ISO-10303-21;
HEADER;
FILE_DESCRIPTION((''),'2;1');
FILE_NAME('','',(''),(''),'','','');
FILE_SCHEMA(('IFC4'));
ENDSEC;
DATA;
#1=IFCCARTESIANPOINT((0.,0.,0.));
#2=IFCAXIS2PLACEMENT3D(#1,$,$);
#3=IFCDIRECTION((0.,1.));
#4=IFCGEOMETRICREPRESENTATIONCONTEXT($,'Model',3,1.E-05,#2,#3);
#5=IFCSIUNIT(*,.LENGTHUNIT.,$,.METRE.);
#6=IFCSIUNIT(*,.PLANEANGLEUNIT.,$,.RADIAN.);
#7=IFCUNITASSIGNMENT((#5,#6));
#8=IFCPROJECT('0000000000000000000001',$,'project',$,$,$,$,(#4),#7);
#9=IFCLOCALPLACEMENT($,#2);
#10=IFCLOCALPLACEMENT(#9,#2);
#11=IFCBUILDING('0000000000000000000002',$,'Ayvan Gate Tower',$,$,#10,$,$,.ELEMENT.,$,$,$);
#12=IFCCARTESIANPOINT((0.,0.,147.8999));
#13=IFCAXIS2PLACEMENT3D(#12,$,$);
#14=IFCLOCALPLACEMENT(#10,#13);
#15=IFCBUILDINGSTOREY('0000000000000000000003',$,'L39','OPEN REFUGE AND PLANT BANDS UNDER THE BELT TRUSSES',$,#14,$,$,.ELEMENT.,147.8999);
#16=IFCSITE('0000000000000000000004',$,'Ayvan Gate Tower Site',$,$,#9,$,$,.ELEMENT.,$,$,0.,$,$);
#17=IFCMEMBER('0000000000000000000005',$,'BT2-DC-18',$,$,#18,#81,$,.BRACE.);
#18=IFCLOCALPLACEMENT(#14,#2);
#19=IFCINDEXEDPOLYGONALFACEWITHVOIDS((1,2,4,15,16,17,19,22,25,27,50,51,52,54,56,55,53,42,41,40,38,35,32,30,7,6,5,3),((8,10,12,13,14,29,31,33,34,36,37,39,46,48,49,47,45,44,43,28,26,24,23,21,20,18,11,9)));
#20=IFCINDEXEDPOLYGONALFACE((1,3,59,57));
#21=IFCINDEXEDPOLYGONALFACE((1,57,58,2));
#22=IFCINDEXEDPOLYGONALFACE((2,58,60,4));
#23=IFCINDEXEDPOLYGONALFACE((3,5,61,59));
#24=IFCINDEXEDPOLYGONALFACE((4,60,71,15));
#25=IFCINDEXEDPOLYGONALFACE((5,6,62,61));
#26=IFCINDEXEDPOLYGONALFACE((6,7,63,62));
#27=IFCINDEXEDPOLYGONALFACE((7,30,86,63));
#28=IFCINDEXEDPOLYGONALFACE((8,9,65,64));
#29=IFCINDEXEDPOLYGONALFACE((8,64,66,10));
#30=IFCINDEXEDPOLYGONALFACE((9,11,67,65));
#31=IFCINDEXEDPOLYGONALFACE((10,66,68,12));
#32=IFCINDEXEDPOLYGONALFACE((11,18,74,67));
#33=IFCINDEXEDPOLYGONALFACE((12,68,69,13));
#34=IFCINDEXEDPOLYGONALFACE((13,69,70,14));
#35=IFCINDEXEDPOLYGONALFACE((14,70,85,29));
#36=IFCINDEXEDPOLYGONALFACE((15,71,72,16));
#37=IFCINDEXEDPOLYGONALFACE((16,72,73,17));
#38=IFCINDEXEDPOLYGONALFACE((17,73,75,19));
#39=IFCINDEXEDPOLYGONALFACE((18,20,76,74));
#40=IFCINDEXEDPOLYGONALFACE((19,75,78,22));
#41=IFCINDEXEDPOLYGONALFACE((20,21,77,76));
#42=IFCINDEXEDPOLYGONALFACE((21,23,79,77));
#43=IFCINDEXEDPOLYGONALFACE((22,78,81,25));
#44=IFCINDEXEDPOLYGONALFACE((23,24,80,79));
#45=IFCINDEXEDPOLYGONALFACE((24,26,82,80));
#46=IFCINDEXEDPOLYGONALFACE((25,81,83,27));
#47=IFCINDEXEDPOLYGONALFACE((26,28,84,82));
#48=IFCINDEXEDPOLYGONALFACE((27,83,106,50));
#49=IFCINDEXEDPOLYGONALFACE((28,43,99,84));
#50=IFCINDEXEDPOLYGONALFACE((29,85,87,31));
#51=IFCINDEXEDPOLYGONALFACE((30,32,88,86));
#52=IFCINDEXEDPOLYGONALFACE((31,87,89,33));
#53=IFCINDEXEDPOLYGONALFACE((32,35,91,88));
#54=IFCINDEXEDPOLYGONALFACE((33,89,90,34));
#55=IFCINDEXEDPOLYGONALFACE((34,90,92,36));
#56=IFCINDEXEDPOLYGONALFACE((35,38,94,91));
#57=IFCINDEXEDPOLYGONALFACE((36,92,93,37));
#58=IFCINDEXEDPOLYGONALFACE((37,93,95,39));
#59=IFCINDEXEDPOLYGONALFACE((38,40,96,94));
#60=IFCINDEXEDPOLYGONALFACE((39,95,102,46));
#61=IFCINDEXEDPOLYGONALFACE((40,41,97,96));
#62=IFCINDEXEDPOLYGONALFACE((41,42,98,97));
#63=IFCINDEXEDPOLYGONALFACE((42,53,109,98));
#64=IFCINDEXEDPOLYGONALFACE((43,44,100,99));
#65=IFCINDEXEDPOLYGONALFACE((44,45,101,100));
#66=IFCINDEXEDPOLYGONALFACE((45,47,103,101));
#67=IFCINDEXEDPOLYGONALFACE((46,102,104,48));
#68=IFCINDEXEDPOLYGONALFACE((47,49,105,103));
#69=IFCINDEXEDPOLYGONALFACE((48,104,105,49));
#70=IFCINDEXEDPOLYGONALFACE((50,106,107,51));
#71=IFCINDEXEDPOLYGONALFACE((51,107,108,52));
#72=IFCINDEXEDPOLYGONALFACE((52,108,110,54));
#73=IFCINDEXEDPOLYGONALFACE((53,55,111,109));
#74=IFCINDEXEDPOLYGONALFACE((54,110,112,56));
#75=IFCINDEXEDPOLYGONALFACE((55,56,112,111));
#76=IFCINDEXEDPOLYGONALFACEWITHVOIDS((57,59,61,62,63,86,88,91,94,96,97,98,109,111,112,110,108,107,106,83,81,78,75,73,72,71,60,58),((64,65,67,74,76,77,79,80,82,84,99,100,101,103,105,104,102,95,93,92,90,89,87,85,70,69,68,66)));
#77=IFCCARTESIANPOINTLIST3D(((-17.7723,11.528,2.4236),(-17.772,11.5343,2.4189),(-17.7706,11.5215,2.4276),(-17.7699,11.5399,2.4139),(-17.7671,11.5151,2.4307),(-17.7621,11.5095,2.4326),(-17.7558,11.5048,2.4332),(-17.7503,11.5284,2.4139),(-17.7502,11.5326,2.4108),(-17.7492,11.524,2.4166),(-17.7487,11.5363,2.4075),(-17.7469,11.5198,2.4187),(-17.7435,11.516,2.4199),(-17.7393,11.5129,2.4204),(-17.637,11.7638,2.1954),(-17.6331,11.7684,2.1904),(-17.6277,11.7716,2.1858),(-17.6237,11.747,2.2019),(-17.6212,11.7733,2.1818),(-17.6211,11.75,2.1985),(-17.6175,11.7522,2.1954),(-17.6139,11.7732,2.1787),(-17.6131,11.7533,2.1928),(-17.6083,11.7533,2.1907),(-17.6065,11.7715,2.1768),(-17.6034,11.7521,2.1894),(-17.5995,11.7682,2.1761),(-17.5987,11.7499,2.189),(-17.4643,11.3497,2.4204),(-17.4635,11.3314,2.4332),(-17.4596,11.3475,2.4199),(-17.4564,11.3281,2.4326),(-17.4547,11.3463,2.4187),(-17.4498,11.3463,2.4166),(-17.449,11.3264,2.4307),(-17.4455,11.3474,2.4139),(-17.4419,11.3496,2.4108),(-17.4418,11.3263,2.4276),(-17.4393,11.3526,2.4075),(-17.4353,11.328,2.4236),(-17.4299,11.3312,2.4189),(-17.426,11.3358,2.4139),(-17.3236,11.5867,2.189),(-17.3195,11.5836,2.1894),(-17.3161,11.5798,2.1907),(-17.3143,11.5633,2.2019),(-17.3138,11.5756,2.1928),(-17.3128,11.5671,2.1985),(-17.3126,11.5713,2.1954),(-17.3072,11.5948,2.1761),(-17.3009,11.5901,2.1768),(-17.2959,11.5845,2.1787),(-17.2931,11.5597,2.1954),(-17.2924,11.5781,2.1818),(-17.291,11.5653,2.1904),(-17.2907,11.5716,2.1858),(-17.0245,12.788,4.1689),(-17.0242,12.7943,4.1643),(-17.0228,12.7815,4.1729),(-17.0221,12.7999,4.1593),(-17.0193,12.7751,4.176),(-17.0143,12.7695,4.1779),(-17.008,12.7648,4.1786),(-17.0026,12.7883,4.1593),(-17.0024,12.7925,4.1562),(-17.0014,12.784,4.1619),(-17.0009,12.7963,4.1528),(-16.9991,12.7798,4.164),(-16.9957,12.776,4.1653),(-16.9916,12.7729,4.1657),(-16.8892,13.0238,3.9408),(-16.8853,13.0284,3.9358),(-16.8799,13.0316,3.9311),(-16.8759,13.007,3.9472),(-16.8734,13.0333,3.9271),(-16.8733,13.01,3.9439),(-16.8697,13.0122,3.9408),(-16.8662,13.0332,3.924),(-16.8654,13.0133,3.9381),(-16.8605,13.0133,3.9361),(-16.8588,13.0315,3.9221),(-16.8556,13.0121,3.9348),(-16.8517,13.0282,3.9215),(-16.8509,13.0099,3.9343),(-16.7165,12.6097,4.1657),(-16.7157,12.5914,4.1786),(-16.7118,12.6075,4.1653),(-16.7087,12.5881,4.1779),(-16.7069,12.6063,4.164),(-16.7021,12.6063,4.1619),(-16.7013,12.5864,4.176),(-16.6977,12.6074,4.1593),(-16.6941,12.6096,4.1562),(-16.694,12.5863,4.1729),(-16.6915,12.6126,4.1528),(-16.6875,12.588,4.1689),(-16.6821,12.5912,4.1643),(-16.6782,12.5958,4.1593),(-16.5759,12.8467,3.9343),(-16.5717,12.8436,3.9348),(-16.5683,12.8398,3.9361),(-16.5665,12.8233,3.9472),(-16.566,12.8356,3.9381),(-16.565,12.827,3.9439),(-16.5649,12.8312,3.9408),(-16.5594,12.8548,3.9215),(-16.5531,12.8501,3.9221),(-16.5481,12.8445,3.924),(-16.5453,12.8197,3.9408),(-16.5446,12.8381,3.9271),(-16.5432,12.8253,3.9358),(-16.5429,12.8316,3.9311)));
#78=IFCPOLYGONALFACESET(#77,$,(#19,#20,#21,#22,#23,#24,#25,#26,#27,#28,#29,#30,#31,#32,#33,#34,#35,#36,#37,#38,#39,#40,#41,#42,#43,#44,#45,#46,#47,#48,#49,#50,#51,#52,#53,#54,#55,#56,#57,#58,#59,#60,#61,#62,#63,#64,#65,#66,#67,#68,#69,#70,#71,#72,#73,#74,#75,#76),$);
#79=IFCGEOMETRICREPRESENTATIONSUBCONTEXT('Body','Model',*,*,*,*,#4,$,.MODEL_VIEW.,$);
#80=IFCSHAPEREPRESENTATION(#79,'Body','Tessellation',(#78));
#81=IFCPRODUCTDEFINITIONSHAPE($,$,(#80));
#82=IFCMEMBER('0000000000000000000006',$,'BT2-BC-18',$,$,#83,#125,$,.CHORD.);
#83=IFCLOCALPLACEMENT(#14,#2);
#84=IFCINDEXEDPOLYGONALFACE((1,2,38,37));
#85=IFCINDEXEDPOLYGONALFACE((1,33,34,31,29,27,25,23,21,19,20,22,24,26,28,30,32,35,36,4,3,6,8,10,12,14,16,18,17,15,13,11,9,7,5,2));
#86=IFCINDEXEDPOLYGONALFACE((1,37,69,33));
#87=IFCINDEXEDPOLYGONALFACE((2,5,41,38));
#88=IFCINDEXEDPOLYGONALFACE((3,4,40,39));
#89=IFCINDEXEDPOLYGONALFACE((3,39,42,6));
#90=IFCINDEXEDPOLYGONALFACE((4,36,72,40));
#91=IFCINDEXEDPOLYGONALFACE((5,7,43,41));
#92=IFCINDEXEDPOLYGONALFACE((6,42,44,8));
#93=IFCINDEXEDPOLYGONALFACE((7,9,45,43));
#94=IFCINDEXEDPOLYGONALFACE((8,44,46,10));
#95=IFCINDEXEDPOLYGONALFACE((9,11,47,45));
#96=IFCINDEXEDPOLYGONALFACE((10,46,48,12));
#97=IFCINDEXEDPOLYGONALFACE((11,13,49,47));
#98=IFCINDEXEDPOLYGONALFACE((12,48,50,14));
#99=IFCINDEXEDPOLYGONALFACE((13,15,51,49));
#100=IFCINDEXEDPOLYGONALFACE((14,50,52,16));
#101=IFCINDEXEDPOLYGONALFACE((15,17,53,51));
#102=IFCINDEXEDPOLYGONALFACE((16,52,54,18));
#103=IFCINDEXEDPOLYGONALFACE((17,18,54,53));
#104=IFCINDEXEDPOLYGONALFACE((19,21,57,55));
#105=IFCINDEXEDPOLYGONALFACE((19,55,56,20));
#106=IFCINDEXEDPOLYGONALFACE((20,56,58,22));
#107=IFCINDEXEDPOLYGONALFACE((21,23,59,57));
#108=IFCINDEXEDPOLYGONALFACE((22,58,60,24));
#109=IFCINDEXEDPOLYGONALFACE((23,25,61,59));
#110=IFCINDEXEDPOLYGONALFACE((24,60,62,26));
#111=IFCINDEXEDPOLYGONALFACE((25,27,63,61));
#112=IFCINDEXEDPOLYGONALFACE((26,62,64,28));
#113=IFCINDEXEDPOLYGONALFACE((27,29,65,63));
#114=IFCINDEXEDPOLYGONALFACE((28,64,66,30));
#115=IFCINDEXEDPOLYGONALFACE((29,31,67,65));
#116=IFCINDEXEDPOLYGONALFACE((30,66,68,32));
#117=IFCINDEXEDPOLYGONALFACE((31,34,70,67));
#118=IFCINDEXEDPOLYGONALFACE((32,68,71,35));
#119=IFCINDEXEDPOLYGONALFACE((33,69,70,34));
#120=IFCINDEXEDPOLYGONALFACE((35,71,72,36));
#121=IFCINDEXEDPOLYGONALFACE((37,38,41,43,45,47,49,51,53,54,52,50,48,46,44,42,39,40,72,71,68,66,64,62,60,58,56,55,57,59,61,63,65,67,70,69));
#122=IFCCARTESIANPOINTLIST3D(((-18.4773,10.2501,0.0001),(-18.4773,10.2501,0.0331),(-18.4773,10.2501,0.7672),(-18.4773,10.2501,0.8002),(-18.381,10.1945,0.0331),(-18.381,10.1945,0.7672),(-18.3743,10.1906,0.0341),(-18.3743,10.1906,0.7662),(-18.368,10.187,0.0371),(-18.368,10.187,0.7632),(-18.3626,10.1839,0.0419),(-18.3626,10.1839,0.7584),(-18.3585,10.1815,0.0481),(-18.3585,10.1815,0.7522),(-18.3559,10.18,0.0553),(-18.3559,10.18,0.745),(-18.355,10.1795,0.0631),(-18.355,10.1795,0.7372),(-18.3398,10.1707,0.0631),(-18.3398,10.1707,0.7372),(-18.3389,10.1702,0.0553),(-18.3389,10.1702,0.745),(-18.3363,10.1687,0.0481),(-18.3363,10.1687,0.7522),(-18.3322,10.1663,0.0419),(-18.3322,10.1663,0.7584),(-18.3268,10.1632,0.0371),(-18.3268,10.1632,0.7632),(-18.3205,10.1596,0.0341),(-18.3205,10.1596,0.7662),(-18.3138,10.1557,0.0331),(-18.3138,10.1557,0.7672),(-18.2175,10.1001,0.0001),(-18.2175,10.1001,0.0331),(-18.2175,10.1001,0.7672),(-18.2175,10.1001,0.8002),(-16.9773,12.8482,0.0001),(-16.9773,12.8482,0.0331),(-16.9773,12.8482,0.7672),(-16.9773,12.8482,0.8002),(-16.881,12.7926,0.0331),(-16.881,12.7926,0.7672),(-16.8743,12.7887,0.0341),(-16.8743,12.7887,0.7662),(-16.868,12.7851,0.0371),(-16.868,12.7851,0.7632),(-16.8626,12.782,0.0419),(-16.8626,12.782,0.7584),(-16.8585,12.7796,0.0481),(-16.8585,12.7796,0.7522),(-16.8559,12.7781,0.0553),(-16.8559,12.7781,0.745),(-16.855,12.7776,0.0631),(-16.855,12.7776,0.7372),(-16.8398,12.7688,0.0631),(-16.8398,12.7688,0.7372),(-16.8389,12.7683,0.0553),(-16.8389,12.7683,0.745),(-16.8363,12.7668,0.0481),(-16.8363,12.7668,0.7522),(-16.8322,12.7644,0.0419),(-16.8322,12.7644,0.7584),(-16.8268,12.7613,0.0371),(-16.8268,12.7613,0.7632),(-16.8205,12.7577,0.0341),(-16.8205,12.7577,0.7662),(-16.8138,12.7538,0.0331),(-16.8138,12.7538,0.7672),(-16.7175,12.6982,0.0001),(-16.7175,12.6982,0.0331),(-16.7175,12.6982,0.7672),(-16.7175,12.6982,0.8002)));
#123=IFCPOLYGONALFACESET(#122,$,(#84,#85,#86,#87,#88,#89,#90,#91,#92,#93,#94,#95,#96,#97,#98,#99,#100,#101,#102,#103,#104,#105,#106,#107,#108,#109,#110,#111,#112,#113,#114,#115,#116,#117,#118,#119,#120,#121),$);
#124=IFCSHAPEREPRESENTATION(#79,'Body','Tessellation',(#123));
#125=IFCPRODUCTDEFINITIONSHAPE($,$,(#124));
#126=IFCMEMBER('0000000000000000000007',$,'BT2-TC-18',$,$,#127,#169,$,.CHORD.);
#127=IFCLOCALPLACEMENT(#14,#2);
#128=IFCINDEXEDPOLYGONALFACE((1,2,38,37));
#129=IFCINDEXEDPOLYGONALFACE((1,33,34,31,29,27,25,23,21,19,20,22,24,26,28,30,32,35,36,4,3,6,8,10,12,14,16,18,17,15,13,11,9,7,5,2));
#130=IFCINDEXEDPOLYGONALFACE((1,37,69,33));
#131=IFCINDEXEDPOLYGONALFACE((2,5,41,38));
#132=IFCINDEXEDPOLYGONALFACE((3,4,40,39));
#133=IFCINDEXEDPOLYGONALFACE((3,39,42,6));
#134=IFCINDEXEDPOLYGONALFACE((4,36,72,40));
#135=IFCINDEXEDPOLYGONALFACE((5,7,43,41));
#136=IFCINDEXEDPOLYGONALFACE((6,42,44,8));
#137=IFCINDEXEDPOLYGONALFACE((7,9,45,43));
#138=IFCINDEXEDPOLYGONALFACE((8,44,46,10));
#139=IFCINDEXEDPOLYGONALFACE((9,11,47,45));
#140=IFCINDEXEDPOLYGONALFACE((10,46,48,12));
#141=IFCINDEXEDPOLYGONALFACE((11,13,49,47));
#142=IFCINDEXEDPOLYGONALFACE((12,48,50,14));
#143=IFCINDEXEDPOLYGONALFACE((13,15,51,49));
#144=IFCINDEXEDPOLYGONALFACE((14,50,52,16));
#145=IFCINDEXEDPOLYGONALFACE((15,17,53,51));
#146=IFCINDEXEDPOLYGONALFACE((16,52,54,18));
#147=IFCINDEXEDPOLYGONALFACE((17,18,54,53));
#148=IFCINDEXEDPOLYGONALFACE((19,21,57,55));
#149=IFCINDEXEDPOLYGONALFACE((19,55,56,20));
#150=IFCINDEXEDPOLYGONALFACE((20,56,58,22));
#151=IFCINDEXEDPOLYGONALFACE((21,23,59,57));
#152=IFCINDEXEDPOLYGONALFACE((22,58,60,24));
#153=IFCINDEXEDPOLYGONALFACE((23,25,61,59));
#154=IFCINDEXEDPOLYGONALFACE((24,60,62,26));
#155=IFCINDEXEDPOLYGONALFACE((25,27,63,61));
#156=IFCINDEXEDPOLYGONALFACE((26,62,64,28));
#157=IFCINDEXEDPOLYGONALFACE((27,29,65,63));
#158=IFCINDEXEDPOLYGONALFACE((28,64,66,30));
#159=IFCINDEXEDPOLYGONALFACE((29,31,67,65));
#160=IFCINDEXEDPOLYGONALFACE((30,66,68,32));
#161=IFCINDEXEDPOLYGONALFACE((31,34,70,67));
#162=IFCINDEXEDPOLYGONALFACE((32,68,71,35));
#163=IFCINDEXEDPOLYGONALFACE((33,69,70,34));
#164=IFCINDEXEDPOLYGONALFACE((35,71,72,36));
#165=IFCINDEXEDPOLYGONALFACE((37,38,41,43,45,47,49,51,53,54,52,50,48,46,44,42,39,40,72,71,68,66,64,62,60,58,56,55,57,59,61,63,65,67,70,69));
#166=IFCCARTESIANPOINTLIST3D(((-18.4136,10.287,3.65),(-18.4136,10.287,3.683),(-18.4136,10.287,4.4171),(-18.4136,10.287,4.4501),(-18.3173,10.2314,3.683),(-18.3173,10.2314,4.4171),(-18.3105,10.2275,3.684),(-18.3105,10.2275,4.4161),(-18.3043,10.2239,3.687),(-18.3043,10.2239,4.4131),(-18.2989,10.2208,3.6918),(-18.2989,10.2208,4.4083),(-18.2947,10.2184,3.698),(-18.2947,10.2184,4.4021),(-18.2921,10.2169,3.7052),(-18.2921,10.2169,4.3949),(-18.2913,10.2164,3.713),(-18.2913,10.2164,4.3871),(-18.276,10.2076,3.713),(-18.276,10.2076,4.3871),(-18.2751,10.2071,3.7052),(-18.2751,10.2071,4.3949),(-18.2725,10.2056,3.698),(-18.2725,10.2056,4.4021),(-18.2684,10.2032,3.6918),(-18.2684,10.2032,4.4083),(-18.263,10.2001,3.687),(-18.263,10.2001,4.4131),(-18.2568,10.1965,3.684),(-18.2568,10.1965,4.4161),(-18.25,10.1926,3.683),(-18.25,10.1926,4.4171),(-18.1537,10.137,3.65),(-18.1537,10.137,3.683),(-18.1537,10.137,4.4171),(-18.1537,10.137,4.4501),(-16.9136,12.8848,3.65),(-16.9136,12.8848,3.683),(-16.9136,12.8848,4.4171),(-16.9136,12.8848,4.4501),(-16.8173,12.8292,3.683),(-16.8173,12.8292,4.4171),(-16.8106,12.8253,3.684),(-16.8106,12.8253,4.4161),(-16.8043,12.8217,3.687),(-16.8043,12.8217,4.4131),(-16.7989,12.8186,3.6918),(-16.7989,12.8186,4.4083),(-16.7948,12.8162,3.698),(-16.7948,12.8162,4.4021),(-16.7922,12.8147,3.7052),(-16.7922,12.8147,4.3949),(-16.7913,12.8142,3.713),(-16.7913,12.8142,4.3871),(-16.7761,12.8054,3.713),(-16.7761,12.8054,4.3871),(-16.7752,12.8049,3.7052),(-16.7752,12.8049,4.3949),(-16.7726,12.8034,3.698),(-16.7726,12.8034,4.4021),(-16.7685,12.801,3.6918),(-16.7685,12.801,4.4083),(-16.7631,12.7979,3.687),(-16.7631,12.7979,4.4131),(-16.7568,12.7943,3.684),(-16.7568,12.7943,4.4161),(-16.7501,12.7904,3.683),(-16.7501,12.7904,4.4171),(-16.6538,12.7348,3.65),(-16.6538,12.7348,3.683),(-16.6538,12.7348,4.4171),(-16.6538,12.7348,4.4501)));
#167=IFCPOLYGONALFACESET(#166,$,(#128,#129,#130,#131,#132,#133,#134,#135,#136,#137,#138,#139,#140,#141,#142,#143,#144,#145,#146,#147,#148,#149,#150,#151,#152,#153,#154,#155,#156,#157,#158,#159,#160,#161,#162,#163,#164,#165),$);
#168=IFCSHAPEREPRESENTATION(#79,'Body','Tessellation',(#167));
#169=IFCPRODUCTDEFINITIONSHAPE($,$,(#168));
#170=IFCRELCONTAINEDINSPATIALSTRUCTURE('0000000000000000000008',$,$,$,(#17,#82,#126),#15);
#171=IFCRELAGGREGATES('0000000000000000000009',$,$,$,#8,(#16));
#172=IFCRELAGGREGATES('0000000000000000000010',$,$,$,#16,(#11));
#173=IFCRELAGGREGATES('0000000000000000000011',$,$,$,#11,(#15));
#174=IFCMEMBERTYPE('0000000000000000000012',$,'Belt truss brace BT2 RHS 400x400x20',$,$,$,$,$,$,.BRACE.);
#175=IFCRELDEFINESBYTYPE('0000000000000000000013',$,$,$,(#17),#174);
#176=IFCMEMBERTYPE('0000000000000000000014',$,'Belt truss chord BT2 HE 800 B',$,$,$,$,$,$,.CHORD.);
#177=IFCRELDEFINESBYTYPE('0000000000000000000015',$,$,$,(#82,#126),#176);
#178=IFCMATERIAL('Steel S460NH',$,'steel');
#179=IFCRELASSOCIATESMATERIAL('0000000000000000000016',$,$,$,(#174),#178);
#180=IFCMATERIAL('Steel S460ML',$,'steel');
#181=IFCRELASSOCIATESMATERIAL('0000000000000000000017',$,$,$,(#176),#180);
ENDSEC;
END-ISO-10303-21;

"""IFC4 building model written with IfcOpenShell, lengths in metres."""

from ifc_helpers import new_model, si_unit, direction, frame, origin, origin_2d, place, context, subcontext, project, spatial, hollow_rectangle, i_section, extrude, material, material_profile, profile_set, type_object, element, save


model = new_model("IFC4")

# Units and contexts
model_context = context("Model", 3, precision=1e-05, world=origin(), true_north=direction((0.0, 1.0)))
body_context = subcontext(model_context, "Body", "Model", "MODEL_VIEW")
ifc_project = project(units=[si_unit("LENGTHUNIT", "METRE"), si_unit("PLANEANGLEUNIT", "RADIAN")], contexts=[model_context])

# Site, building, storey
site_placement = place(None, origin())
site = spatial("IfcSite", under=ifc_project, at=site_placement, Name="Ayvan Gate Tower Site", CompositionType="ELEMENT", RefElevation=0.0)
building_placement = place(site_placement, origin())
building = spatial("IfcBuilding", under=site, at=building_placement, Name="Ayvan Gate Tower", CompositionType="ELEMENT")
storey_placement = place(building_placement, frame((0.0, 0.0, 147.8999)))
storey = spatial("IfcBuildingStorey", under=building, at=storey_placement, Name="L39", Description="OPEN REFUGE AND PLANT BANDS UNDER THE BELT TRUSSES", CompositionType="ELEMENT", Elevation=147.8999)

# Members
ifc_material_1 = material(Name="Steel S460NH", Category="steel")
ifc_material_profile_1 = material_profile(ifc_material_1, hollow_rectangle(XDim=0.3999, YDim=0.3999, WallThickness=0.02, InnerFilletRadius=0.02, OuterFilletRadius=0.03, at=origin_2d()), Name="RHS 400x400x20")
ifc_profile_set_1 = profile_set([ifc_material_profile_1], Name="Steel S460NH")
member_type_1 = type_object("IfcMemberType", Name="Belt truss brace BT2 RHS 400x400x20", PredefinedType="BRACE", material=ifc_profile_set_1)
member_1_placement = place(storey_placement, frame((-17.5315, 11.5498, 2.3047), z_axis=(0.32815, 0.552917, 0.765898), x_axis=(-0.859953, 0.510373, 0.0)))
element("IfcMember", 1, at=member_1_placement, inside=storey, type_object=member_type_1, Name="BT2-DC-18", PredefinedType="BRACE", context=body_context, shape_type="SweptSolid", body=[
    extrude(hollow_rectangle(XDim=0.3999, YDim=0.3999, WallThickness=0.02, InnerFilletRadius=0.02, OuterFilletRadius=0.03, at=origin_2d()), origin(), (0.0, 0.0, 1.0), 2.2788),
])
ifc_material_2 = material(Name="Steel S460ML", Category="steel")
ifc_material_profile_2 = material_profile(ifc_material_2, i_section(OverallWidth=0.3, OverallDepth=0.8, WebThickness=0.0176, FlangeThickness=0.033, FilletRadius=0.03, at=origin_2d()), Name="HE 800 B")
ifc_profile_set_2 = profile_set([ifc_material_profile_2], Name="Steel S460ML")
member_type_2 = type_object("IfcMemberType", Name="Belt truss chord BT2 HE 800 B", PredefinedType="CHORD", material=ifc_profile_set_2)
member_2_placement = place(storey_placement, frame((-16.8474, 12.7732, 0.4001), z_axis=(-0.49999, -0.866031, 0.0), x_axis=(0.866031, -0.49999, 0.0)))
element("IfcMember", 2, at=member_2_placement, inside=storey, type_object=member_type_2, Name="BT2-BC-18", PredefinedType="CHORD", context=body_context, shape_type="SweptSolid", body=[
    extrude(i_section(OverallWidth=0.3, OverallDepth=0.8, WebThickness=0.0176, FlangeThickness=0.033, FilletRadius=0.03, at=origin_2d()), origin(), (0.0, 0.0, 1.0), 3.0),
])
member_3_placement = place(storey_placement, frame((-16.7837, 12.8098, 4.05), z_axis=(-0.500025, -0.866011, 0.0), x_axis=(0.866011, -0.500025, 0.0)))
element("IfcMember", 3, at=member_3_placement, inside=storey, type_object=member_type_2, Name="BT2-TC-18", PredefinedType="CHORD", context=body_context, shape_type="SweptSolid", body=[
    extrude(i_section(OverallWidth=0.3, OverallDepth=0.8, WebThickness=0.0176, FlangeThickness=0.033, FilletRadius=0.03, at=origin_2d()), origin(), (0.0, 0.0, 1.0), 2.9998),
])

save(model, "model.ifc")
